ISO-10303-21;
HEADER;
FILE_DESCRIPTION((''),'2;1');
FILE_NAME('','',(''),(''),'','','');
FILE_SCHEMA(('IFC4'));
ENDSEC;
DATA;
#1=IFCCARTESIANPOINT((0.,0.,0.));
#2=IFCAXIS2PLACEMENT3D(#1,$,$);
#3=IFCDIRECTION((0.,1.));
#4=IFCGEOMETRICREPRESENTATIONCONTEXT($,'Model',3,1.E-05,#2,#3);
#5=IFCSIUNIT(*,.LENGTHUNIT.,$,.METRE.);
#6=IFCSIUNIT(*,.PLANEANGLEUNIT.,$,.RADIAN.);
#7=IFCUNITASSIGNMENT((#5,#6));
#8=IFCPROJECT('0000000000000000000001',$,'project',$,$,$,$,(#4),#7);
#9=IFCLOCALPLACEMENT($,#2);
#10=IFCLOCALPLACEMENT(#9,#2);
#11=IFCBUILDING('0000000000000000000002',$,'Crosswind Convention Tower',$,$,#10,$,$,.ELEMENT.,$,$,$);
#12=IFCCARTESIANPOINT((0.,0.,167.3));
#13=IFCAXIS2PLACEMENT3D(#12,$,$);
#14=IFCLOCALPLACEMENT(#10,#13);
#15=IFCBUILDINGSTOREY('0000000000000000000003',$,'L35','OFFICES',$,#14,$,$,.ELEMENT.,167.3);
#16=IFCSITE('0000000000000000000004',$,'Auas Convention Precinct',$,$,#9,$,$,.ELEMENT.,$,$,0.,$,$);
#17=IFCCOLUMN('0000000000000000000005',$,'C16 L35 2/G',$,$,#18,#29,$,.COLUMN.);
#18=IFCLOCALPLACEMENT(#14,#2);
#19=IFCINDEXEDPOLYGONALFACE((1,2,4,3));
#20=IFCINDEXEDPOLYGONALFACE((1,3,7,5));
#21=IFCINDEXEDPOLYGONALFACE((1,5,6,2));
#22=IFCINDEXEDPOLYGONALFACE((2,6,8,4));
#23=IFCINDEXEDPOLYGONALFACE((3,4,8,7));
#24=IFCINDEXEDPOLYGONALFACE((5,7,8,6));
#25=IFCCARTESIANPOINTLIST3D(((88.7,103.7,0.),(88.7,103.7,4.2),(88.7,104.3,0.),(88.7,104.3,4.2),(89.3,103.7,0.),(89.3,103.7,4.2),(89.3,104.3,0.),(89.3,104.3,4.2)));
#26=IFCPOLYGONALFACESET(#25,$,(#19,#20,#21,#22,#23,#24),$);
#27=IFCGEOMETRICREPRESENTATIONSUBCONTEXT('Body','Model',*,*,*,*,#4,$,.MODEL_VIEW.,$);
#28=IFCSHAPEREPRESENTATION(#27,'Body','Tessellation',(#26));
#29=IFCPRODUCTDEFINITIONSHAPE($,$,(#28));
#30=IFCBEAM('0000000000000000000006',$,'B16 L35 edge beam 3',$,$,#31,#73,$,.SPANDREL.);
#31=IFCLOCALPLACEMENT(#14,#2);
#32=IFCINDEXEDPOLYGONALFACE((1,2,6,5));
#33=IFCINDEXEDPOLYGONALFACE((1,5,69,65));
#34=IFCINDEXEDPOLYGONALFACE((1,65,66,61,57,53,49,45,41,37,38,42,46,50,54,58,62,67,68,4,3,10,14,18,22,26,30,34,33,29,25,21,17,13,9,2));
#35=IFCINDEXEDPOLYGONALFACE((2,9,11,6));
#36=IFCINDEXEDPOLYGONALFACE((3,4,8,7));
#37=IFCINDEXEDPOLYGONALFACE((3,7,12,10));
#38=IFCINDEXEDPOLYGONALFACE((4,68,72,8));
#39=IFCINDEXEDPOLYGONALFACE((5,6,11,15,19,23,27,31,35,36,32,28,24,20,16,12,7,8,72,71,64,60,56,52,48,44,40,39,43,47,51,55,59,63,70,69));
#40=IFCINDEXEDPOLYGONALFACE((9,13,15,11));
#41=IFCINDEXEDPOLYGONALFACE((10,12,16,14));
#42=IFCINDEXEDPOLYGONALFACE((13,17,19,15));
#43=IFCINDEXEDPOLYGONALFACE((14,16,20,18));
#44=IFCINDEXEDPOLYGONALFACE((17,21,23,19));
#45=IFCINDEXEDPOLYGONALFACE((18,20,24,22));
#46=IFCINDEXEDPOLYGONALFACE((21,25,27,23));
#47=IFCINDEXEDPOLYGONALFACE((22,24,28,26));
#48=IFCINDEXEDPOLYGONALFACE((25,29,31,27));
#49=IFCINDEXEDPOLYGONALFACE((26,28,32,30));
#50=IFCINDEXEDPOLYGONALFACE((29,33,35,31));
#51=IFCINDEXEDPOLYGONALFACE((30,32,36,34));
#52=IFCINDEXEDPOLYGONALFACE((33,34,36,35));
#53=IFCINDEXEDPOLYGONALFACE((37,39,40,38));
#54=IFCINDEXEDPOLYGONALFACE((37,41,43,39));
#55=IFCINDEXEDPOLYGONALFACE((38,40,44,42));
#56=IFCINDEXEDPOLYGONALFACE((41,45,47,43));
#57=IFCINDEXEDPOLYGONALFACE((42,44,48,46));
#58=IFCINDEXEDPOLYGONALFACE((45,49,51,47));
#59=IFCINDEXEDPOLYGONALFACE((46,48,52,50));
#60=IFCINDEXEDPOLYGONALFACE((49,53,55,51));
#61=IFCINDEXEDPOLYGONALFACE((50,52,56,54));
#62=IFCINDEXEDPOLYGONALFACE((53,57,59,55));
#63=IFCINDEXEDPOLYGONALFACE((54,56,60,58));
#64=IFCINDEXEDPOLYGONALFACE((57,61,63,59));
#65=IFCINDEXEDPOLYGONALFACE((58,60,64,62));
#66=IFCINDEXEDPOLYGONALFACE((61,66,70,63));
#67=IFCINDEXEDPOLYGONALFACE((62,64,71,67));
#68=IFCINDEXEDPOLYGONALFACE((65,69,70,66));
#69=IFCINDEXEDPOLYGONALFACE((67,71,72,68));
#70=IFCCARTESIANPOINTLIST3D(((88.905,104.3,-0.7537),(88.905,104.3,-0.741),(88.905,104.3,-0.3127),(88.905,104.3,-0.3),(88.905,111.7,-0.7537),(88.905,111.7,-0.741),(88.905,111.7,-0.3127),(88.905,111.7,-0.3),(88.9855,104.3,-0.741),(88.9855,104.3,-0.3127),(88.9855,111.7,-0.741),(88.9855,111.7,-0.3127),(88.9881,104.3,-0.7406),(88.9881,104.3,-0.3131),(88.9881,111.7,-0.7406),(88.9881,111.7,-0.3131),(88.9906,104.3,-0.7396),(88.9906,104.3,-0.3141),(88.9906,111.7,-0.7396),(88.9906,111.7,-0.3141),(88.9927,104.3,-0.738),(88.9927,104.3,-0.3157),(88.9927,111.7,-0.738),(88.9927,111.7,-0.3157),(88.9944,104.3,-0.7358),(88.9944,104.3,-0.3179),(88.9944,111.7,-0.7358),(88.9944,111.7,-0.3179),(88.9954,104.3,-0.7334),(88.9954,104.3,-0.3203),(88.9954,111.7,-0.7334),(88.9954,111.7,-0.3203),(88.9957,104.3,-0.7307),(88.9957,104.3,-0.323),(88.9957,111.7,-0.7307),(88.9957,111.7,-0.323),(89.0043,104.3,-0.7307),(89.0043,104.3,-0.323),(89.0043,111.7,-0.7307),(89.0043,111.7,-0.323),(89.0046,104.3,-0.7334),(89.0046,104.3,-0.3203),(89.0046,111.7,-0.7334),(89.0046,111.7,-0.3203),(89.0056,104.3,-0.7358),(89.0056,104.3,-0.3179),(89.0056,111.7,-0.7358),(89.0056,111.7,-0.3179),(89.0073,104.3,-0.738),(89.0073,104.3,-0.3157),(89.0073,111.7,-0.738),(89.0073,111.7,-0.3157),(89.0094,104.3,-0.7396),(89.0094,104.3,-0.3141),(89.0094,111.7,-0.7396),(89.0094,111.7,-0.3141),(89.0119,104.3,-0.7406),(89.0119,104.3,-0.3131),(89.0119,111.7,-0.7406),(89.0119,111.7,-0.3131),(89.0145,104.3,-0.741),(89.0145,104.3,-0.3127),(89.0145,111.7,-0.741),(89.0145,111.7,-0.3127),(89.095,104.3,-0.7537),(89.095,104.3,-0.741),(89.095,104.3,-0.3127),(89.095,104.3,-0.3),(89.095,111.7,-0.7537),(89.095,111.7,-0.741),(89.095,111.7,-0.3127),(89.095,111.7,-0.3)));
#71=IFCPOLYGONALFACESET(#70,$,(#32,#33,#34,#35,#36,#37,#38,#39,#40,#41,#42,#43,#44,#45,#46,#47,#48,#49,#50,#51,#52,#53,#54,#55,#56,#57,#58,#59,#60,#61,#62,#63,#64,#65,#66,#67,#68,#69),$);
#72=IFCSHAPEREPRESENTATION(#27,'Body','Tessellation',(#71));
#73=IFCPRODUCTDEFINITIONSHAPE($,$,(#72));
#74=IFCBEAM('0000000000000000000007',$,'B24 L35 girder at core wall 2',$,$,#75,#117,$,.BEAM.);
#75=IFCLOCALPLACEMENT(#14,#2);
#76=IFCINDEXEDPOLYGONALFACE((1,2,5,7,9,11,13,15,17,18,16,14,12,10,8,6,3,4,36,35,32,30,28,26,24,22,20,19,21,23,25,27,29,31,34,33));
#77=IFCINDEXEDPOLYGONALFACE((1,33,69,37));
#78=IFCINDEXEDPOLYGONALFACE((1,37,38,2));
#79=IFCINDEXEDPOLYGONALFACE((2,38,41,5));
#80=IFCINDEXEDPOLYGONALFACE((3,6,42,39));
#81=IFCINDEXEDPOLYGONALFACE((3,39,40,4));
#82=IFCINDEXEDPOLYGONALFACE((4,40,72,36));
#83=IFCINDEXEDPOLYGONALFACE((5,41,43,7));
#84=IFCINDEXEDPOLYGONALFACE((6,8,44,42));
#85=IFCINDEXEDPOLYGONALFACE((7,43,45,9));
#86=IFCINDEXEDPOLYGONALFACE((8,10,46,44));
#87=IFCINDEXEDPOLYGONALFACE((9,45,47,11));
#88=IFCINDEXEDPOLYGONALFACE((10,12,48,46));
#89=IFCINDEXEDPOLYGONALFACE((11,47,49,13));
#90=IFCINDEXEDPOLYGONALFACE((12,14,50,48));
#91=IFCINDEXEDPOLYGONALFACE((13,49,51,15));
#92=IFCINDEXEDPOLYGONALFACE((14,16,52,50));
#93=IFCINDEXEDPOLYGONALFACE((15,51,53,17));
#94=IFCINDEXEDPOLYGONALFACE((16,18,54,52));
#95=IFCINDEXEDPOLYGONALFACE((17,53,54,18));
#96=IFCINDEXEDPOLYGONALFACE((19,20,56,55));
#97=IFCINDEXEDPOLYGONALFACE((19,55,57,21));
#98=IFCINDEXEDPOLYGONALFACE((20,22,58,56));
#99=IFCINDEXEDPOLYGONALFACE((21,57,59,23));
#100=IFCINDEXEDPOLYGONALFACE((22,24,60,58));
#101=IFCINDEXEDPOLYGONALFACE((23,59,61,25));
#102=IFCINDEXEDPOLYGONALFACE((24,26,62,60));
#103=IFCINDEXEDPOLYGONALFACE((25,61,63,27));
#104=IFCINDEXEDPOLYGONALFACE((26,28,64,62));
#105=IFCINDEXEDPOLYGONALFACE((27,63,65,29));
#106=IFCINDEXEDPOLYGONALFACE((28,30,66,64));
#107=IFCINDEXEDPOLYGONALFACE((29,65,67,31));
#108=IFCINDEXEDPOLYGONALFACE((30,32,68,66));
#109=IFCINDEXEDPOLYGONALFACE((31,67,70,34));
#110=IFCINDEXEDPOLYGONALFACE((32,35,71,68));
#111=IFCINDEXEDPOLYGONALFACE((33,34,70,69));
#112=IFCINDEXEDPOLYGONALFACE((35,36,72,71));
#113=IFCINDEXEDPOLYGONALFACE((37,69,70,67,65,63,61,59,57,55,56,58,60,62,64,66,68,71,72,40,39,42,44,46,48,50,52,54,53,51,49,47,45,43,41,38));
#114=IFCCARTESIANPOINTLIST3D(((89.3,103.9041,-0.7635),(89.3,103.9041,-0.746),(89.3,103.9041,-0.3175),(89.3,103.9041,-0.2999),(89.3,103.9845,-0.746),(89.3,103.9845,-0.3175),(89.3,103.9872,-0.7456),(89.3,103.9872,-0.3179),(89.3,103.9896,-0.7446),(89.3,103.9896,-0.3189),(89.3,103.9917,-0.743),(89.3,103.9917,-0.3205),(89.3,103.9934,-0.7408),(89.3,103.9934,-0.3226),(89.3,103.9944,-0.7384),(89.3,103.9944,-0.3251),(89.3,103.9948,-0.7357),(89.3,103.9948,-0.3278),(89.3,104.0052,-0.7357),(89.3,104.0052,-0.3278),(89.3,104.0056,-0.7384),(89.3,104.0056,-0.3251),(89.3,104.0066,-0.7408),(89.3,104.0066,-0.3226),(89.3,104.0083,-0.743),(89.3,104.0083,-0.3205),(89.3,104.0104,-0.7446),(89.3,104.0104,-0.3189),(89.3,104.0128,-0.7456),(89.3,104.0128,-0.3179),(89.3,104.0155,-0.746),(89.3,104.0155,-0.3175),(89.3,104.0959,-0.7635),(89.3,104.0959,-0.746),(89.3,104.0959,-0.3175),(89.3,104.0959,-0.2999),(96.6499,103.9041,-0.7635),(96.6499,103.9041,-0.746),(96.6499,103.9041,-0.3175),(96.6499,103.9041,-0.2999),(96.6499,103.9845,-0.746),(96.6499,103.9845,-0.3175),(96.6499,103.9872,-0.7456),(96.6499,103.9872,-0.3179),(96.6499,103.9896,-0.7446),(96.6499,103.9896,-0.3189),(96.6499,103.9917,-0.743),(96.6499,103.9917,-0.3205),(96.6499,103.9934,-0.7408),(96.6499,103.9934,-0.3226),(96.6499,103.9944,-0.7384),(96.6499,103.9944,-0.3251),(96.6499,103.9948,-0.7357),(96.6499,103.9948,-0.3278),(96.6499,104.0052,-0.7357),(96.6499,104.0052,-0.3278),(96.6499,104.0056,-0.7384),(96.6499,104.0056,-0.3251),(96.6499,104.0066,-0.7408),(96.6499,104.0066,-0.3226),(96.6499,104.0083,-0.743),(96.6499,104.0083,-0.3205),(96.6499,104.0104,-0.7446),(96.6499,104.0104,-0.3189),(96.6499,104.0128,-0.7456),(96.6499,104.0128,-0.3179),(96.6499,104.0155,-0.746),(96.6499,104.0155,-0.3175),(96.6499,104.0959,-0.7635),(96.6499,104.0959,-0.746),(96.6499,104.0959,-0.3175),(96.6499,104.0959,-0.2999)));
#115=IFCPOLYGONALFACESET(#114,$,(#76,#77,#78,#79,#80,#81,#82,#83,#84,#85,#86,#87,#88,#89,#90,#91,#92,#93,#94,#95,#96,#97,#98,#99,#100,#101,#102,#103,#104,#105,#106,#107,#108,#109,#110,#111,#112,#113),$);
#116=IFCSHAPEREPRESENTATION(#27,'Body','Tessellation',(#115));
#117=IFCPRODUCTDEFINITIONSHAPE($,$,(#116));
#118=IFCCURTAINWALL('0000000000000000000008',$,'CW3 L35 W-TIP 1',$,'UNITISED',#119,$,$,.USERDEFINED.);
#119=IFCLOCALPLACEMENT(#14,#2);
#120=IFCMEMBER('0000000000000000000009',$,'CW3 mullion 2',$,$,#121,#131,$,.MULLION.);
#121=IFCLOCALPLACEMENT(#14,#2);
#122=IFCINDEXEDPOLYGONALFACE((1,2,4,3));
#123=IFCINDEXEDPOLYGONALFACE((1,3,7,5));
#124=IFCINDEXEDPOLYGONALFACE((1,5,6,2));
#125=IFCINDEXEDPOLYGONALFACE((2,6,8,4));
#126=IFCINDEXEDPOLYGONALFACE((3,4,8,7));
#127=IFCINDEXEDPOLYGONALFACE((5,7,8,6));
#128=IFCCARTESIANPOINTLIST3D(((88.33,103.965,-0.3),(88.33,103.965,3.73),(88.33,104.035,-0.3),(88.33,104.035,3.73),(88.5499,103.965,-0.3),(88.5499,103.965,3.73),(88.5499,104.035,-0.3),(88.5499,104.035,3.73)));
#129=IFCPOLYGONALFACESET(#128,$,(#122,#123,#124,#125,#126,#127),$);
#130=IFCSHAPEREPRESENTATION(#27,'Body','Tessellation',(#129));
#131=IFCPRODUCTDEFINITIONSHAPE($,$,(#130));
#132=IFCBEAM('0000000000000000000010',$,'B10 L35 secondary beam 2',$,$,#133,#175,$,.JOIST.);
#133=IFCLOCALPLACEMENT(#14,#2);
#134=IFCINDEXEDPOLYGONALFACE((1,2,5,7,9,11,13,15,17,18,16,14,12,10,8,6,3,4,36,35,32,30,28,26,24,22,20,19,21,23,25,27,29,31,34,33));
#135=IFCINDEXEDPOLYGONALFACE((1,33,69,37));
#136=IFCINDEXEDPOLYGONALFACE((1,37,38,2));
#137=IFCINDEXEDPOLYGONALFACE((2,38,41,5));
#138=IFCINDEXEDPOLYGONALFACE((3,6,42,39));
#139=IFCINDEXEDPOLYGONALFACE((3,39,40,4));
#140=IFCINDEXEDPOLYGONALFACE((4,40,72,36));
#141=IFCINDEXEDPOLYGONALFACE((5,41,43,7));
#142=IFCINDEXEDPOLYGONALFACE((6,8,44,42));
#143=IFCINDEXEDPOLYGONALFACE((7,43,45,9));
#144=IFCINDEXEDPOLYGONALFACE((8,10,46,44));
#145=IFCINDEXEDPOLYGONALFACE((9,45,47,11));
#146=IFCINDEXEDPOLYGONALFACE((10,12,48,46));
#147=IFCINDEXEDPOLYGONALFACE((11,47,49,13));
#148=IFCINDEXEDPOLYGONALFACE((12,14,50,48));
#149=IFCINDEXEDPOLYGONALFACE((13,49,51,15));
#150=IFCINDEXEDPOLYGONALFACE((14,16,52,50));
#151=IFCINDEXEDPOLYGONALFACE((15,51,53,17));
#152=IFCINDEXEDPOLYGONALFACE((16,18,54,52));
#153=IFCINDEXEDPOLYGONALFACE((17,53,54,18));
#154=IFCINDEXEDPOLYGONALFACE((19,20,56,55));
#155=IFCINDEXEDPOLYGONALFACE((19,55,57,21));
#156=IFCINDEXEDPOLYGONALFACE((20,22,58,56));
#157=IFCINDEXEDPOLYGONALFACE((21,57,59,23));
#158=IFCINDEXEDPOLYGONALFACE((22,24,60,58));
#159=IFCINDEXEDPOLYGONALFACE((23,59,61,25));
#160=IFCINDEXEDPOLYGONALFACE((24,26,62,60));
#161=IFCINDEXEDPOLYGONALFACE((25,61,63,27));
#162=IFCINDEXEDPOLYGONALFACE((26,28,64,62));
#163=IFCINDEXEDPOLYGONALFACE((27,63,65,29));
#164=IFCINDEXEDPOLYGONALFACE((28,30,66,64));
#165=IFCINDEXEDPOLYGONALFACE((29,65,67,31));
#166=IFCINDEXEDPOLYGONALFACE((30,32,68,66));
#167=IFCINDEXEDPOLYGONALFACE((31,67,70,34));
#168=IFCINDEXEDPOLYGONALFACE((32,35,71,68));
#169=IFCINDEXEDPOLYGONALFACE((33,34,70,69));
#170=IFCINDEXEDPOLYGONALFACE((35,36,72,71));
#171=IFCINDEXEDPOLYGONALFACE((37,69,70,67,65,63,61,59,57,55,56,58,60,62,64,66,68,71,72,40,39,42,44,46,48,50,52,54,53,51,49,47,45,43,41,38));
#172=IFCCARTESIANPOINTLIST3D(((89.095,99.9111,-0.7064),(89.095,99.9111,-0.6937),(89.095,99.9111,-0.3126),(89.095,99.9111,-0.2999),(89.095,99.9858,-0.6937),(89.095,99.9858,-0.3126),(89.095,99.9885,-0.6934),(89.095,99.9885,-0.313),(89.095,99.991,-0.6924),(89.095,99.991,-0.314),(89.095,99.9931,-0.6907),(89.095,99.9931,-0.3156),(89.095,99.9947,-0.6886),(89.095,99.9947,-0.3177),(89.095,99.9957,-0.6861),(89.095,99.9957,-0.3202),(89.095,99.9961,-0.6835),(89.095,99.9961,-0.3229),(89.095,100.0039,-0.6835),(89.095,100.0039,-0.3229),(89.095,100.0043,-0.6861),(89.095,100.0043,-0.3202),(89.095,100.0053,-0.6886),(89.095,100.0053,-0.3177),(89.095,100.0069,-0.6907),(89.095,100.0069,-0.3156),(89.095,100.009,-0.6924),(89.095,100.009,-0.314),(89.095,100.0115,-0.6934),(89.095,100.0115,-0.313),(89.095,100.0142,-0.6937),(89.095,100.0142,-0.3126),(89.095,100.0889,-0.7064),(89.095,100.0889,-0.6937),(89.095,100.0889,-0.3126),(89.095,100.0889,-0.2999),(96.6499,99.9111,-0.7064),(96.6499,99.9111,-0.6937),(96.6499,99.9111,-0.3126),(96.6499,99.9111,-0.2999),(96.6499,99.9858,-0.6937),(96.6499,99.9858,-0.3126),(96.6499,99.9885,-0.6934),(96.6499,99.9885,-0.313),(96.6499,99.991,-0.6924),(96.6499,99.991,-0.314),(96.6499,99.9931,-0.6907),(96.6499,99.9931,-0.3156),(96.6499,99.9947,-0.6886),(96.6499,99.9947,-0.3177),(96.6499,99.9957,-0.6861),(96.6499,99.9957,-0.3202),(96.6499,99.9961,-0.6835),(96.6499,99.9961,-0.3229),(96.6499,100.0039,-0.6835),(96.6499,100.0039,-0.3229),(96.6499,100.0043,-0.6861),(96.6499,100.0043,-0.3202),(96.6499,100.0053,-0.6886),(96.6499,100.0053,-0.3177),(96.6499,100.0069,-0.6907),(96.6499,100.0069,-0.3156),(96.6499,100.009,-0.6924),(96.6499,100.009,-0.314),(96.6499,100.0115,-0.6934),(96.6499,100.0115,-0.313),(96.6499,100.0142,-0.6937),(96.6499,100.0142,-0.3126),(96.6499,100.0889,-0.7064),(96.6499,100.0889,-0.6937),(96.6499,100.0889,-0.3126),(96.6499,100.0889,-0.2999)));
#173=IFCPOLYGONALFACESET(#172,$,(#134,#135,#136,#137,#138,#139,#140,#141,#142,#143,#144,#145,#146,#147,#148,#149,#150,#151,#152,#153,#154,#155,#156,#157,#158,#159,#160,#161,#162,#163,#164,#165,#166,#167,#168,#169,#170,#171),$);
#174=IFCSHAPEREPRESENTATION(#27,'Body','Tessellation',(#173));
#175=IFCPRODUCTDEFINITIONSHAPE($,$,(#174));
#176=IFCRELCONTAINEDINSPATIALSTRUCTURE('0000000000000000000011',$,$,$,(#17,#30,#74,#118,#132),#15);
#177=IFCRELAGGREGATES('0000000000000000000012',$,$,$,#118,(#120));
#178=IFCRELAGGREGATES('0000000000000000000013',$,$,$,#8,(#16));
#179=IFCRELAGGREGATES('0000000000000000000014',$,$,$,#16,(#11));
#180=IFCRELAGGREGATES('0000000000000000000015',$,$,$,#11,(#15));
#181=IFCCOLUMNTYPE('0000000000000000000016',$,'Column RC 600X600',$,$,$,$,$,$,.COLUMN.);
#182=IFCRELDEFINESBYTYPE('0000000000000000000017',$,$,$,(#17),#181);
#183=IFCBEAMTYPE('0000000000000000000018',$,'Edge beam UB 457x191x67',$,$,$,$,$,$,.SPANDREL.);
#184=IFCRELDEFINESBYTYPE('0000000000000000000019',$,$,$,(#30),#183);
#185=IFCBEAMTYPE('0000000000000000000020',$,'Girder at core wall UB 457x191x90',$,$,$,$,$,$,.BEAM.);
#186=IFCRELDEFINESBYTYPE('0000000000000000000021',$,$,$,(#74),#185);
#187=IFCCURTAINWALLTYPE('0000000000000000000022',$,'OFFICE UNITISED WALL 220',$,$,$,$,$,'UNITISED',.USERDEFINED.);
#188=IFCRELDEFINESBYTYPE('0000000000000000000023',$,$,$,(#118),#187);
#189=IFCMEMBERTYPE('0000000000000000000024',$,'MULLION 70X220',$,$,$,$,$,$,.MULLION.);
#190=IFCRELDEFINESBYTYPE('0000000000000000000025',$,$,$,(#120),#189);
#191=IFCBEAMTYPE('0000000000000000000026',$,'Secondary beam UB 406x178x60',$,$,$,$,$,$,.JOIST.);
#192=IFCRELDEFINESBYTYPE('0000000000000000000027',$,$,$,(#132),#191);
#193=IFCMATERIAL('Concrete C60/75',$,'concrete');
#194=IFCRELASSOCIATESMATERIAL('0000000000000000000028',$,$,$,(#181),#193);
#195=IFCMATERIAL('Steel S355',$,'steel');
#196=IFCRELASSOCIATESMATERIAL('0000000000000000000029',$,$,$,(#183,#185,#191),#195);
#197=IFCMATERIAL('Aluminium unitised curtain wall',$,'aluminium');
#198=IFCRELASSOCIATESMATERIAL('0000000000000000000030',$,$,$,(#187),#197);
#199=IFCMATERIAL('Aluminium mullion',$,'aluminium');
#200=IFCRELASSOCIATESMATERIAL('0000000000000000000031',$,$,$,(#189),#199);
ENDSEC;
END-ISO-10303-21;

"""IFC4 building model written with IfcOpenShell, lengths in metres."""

from ifc_helpers import new_model, si_unit, direction, frame, origin, origin_2d, place, context, subcontext, project, spatial, rectangle, i_section, extrude, material, material_profile, profile_set, type_object, element, aggregate, save


model = new_model("IFC4")

# Units and contexts
model_context = context("Model", 3, precision=1e-05, world=origin(), true_north=direction((0.0, 1.0)))
body_context = subcontext(model_context, "Body", "Model", "MODEL_VIEW")
ifc_project = project(units=[si_unit("LENGTHUNIT", "METRE"), si_unit("PLANEANGLEUNIT", "RADIAN")], contexts=[model_context])

# Site, building, storey
site_placement = place(None, origin())
site = spatial("IfcSite", under=ifc_project, at=site_placement, Name="Auas Convention Precinct", CompositionType="ELEMENT", RefElevation=0.0)
building_placement = place(site_placement, origin())
building = spatial("IfcBuilding", under=site, at=building_placement, Name="Crosswind Convention Tower", CompositionType="ELEMENT")
storey_placement = place(building_placement, frame((0.0, 0.0, 167.3)))
storey = spatial("IfcBuildingStorey", under=building, at=storey_placement, Name="L35", Description="OFFICES", CompositionType="ELEMENT", Elevation=167.3)

# Column
ifc_material_1 = material(Name="Concrete C60/75", Category="concrete")
ifc_material_profile_1 = material_profile(ifc_material_1, rectangle(XDim=0.6001, YDim=0.6001, at=origin_2d()), Name="RC 600X600")
ifc_profile_set_1 = profile_set([ifc_material_profile_1], Name="Concrete C60/75")
column_type = type_object("IfcColumnType", Name="Column RC 600X600", PredefinedType="COLUMN", material=ifc_profile_set_1)
column_placement = place(storey_placement, frame((89.0, 104.0, 0.0), z_axis=(0.0, 0.0, 1.0), x_axis=(1.0, 0.0, 0.0)))
element("IfcColumn", 1, at=column_placement, inside=storey, type_object=column_type, Name="C16 L35 2/G", PredefinedType="COLUMN", context=body_context, shape_type="SweptSolid", body=[
    extrude(rectangle(XDim=0.6001, YDim=0.6001, at=origin_2d()), origin(), (0.0, 0.0, 1.0), 4.2),
])

# Beams
ifc_material_2 = material(Name="Steel S355", Category="steel")
ifc_material_profile_2 = material_profile(ifc_material_2, i_section(OverallWidth=0.1899, OverallDepth=0.4536, WebThickness=0.0085, FlangeThickness=0.0127, FilletRadius=0.0103, at=origin_2d()), Name="UB 457x191x67")
ifc_profile_set_2 = profile_set([ifc_material_profile_2], Name="Steel S355")
beam_type_1 = type_object("IfcBeamType", Name="Edge beam UB 457x191x67", PredefinedType="SPANDREL", material=ifc_profile_set_2)
beam_1_placement = place(storey_placement, frame((89.0, 104.3, -0.5269), z_axis=(0.0, 1.0, 0.0), x_axis=(-1.0, 0.0, 0.0)))
element("IfcBeam", 2, at=beam_1_placement, inside=storey, type_object=beam_type_1, Name="B16 L35 edge beam 3", PredefinedType="SPANDREL", context=body_context, shape_type="SweptSolid", body=[
    extrude(i_section(OverallWidth=0.1899, OverallDepth=0.4536, WebThickness=0.0085, FlangeThickness=0.0127, FilletRadius=0.0103, at=origin_2d()), origin(), (0.0, 0.0, 1.0), 7.3999),
])
ifc_material_profile_3 = material_profile(ifc_material_2, i_section(OverallWidth=0.1919, OverallDepth=0.4636, WebThickness=0.0105, FlangeThickness=0.0176, FilletRadius=0.0103, at=origin_2d()), Name="UB 457x191x90")
ifc_profile_set_3 = profile_set([ifc_material_profile_3], Name="Steel S355")
beam_type_2 = type_object("IfcBeamType", Name="Girder at core wall UB 457x191x90", PredefinedType="BEAM", material=ifc_profile_set_3)
beam_2_placement = place(storey_placement, frame((89.3, 104.0, -0.5317), z_axis=(1.0, 0.0, 0.0), x_axis=(0.0, 1.0, 0.0)))
element("IfcBeam", 3, at=beam_2_placement, inside=storey, type_object=beam_type_2, Name="B24 L35 girder at core wall 2", PredefinedType="BEAM", context=body_context, shape_type="SweptSolid", body=[
    extrude(i_section(OverallWidth=0.1919, OverallDepth=0.4636, WebThickness=0.0105, FlangeThickness=0.0176, FilletRadius=0.0103, at=origin_2d()), origin(), (0.0, 0.0, 1.0), 7.3499),
])

# Curtain wall, member
ifc_material_3 = material(Name="Aluminium unitised curtain wall", Category="aluminium")
curtain_wall_type = type_object("IfcCurtainWallType", Name="OFFICE UNITISED WALL 220", ElementType="UNITISED", PredefinedType="USERDEFINED", material=ifc_material_3)
curtain_wall_placement = place(storey_placement, origin())
curtain_wall = element("IfcCurtainWall", 4, at=curtain_wall_placement, inside=storey, type_object=curtain_wall_type, Name="CW3 L35 W-TIP 1", ObjectType="UNITISED", PredefinedType="USERDEFINED")
ifc_material_4 = material(Name="Aluminium mullion", Category="aluminium")
ifc_material_profile_4 = material_profile(ifc_material_4, rectangle(XDim=0.22, YDim=0.0701, at=origin_2d()), Name="AL 220X70")
ifc_profile_set_4 = profile_set([ifc_material_profile_4], Name="Aluminium mullion")
member_type = type_object("IfcMemberType", Name="MULLION 70X220", PredefinedType="MULLION", material=ifc_profile_set_4)
member_placement = place(storey_placement, frame((88.4399, 104.0, -0.3), z_axis=(0.0, 0.0, 1.0), x_axis=(-1.0, 0.0, 0.0)))
member = element("IfcMember", 5, at=member_placement, type_object=member_type, Name="CW3 mullion 2", PredefinedType="MULLION", context=body_context, shape_type="SweptSolid", body=[
    extrude(rectangle(XDim=0.22, YDim=0.0701, at=origin_2d()), origin(), (0.0, 0.0, 1.0), 4.03),
])

# Beam
ifc_material_profile_5 = material_profile(ifc_material_2, i_section(OverallWidth=0.1777, OverallDepth=0.4065, WebThickness=0.0078, FlangeThickness=0.0127, FilletRadius=0.0103, at=origin_2d()), Name="UB 406x178x60")
ifc_profile_set_5 = profile_set([ifc_material_profile_5], Name="Steel S355")
beam_type_3 = type_object("IfcBeamType", Name="Secondary beam UB 406x178x60", PredefinedType="JOIST", material=ifc_profile_set_5)
for number, where, z_axis, x_axis, name in (
    (6, (89.095, 100.0, -0.5032), (1.0, 0.0, 0.0), (0.0, 1.0, 0.0), "B10 L35 secondary beam 2"),
):
    element("IfcBeam", number, at=place(storey_placement, frame(where, z_axis=z_axis, x_axis=x_axis)), inside=storey, type_object=beam_type_3, Name=name, PredefinedType="JOIST", context=body_context, shape_type="SweptSolid", body=[
        extrude(i_section(OverallWidth=0.1777, OverallDepth=0.4065, WebThickness=0.0078, FlangeThickness=0.0127, FilletRadius=0.0103, at=origin_2d()), origin(), (0.0, 0.0, 1.0), 7.5549),
    ])

aggregate(curtain_wall, [member])

save(model, "model.ifc")
